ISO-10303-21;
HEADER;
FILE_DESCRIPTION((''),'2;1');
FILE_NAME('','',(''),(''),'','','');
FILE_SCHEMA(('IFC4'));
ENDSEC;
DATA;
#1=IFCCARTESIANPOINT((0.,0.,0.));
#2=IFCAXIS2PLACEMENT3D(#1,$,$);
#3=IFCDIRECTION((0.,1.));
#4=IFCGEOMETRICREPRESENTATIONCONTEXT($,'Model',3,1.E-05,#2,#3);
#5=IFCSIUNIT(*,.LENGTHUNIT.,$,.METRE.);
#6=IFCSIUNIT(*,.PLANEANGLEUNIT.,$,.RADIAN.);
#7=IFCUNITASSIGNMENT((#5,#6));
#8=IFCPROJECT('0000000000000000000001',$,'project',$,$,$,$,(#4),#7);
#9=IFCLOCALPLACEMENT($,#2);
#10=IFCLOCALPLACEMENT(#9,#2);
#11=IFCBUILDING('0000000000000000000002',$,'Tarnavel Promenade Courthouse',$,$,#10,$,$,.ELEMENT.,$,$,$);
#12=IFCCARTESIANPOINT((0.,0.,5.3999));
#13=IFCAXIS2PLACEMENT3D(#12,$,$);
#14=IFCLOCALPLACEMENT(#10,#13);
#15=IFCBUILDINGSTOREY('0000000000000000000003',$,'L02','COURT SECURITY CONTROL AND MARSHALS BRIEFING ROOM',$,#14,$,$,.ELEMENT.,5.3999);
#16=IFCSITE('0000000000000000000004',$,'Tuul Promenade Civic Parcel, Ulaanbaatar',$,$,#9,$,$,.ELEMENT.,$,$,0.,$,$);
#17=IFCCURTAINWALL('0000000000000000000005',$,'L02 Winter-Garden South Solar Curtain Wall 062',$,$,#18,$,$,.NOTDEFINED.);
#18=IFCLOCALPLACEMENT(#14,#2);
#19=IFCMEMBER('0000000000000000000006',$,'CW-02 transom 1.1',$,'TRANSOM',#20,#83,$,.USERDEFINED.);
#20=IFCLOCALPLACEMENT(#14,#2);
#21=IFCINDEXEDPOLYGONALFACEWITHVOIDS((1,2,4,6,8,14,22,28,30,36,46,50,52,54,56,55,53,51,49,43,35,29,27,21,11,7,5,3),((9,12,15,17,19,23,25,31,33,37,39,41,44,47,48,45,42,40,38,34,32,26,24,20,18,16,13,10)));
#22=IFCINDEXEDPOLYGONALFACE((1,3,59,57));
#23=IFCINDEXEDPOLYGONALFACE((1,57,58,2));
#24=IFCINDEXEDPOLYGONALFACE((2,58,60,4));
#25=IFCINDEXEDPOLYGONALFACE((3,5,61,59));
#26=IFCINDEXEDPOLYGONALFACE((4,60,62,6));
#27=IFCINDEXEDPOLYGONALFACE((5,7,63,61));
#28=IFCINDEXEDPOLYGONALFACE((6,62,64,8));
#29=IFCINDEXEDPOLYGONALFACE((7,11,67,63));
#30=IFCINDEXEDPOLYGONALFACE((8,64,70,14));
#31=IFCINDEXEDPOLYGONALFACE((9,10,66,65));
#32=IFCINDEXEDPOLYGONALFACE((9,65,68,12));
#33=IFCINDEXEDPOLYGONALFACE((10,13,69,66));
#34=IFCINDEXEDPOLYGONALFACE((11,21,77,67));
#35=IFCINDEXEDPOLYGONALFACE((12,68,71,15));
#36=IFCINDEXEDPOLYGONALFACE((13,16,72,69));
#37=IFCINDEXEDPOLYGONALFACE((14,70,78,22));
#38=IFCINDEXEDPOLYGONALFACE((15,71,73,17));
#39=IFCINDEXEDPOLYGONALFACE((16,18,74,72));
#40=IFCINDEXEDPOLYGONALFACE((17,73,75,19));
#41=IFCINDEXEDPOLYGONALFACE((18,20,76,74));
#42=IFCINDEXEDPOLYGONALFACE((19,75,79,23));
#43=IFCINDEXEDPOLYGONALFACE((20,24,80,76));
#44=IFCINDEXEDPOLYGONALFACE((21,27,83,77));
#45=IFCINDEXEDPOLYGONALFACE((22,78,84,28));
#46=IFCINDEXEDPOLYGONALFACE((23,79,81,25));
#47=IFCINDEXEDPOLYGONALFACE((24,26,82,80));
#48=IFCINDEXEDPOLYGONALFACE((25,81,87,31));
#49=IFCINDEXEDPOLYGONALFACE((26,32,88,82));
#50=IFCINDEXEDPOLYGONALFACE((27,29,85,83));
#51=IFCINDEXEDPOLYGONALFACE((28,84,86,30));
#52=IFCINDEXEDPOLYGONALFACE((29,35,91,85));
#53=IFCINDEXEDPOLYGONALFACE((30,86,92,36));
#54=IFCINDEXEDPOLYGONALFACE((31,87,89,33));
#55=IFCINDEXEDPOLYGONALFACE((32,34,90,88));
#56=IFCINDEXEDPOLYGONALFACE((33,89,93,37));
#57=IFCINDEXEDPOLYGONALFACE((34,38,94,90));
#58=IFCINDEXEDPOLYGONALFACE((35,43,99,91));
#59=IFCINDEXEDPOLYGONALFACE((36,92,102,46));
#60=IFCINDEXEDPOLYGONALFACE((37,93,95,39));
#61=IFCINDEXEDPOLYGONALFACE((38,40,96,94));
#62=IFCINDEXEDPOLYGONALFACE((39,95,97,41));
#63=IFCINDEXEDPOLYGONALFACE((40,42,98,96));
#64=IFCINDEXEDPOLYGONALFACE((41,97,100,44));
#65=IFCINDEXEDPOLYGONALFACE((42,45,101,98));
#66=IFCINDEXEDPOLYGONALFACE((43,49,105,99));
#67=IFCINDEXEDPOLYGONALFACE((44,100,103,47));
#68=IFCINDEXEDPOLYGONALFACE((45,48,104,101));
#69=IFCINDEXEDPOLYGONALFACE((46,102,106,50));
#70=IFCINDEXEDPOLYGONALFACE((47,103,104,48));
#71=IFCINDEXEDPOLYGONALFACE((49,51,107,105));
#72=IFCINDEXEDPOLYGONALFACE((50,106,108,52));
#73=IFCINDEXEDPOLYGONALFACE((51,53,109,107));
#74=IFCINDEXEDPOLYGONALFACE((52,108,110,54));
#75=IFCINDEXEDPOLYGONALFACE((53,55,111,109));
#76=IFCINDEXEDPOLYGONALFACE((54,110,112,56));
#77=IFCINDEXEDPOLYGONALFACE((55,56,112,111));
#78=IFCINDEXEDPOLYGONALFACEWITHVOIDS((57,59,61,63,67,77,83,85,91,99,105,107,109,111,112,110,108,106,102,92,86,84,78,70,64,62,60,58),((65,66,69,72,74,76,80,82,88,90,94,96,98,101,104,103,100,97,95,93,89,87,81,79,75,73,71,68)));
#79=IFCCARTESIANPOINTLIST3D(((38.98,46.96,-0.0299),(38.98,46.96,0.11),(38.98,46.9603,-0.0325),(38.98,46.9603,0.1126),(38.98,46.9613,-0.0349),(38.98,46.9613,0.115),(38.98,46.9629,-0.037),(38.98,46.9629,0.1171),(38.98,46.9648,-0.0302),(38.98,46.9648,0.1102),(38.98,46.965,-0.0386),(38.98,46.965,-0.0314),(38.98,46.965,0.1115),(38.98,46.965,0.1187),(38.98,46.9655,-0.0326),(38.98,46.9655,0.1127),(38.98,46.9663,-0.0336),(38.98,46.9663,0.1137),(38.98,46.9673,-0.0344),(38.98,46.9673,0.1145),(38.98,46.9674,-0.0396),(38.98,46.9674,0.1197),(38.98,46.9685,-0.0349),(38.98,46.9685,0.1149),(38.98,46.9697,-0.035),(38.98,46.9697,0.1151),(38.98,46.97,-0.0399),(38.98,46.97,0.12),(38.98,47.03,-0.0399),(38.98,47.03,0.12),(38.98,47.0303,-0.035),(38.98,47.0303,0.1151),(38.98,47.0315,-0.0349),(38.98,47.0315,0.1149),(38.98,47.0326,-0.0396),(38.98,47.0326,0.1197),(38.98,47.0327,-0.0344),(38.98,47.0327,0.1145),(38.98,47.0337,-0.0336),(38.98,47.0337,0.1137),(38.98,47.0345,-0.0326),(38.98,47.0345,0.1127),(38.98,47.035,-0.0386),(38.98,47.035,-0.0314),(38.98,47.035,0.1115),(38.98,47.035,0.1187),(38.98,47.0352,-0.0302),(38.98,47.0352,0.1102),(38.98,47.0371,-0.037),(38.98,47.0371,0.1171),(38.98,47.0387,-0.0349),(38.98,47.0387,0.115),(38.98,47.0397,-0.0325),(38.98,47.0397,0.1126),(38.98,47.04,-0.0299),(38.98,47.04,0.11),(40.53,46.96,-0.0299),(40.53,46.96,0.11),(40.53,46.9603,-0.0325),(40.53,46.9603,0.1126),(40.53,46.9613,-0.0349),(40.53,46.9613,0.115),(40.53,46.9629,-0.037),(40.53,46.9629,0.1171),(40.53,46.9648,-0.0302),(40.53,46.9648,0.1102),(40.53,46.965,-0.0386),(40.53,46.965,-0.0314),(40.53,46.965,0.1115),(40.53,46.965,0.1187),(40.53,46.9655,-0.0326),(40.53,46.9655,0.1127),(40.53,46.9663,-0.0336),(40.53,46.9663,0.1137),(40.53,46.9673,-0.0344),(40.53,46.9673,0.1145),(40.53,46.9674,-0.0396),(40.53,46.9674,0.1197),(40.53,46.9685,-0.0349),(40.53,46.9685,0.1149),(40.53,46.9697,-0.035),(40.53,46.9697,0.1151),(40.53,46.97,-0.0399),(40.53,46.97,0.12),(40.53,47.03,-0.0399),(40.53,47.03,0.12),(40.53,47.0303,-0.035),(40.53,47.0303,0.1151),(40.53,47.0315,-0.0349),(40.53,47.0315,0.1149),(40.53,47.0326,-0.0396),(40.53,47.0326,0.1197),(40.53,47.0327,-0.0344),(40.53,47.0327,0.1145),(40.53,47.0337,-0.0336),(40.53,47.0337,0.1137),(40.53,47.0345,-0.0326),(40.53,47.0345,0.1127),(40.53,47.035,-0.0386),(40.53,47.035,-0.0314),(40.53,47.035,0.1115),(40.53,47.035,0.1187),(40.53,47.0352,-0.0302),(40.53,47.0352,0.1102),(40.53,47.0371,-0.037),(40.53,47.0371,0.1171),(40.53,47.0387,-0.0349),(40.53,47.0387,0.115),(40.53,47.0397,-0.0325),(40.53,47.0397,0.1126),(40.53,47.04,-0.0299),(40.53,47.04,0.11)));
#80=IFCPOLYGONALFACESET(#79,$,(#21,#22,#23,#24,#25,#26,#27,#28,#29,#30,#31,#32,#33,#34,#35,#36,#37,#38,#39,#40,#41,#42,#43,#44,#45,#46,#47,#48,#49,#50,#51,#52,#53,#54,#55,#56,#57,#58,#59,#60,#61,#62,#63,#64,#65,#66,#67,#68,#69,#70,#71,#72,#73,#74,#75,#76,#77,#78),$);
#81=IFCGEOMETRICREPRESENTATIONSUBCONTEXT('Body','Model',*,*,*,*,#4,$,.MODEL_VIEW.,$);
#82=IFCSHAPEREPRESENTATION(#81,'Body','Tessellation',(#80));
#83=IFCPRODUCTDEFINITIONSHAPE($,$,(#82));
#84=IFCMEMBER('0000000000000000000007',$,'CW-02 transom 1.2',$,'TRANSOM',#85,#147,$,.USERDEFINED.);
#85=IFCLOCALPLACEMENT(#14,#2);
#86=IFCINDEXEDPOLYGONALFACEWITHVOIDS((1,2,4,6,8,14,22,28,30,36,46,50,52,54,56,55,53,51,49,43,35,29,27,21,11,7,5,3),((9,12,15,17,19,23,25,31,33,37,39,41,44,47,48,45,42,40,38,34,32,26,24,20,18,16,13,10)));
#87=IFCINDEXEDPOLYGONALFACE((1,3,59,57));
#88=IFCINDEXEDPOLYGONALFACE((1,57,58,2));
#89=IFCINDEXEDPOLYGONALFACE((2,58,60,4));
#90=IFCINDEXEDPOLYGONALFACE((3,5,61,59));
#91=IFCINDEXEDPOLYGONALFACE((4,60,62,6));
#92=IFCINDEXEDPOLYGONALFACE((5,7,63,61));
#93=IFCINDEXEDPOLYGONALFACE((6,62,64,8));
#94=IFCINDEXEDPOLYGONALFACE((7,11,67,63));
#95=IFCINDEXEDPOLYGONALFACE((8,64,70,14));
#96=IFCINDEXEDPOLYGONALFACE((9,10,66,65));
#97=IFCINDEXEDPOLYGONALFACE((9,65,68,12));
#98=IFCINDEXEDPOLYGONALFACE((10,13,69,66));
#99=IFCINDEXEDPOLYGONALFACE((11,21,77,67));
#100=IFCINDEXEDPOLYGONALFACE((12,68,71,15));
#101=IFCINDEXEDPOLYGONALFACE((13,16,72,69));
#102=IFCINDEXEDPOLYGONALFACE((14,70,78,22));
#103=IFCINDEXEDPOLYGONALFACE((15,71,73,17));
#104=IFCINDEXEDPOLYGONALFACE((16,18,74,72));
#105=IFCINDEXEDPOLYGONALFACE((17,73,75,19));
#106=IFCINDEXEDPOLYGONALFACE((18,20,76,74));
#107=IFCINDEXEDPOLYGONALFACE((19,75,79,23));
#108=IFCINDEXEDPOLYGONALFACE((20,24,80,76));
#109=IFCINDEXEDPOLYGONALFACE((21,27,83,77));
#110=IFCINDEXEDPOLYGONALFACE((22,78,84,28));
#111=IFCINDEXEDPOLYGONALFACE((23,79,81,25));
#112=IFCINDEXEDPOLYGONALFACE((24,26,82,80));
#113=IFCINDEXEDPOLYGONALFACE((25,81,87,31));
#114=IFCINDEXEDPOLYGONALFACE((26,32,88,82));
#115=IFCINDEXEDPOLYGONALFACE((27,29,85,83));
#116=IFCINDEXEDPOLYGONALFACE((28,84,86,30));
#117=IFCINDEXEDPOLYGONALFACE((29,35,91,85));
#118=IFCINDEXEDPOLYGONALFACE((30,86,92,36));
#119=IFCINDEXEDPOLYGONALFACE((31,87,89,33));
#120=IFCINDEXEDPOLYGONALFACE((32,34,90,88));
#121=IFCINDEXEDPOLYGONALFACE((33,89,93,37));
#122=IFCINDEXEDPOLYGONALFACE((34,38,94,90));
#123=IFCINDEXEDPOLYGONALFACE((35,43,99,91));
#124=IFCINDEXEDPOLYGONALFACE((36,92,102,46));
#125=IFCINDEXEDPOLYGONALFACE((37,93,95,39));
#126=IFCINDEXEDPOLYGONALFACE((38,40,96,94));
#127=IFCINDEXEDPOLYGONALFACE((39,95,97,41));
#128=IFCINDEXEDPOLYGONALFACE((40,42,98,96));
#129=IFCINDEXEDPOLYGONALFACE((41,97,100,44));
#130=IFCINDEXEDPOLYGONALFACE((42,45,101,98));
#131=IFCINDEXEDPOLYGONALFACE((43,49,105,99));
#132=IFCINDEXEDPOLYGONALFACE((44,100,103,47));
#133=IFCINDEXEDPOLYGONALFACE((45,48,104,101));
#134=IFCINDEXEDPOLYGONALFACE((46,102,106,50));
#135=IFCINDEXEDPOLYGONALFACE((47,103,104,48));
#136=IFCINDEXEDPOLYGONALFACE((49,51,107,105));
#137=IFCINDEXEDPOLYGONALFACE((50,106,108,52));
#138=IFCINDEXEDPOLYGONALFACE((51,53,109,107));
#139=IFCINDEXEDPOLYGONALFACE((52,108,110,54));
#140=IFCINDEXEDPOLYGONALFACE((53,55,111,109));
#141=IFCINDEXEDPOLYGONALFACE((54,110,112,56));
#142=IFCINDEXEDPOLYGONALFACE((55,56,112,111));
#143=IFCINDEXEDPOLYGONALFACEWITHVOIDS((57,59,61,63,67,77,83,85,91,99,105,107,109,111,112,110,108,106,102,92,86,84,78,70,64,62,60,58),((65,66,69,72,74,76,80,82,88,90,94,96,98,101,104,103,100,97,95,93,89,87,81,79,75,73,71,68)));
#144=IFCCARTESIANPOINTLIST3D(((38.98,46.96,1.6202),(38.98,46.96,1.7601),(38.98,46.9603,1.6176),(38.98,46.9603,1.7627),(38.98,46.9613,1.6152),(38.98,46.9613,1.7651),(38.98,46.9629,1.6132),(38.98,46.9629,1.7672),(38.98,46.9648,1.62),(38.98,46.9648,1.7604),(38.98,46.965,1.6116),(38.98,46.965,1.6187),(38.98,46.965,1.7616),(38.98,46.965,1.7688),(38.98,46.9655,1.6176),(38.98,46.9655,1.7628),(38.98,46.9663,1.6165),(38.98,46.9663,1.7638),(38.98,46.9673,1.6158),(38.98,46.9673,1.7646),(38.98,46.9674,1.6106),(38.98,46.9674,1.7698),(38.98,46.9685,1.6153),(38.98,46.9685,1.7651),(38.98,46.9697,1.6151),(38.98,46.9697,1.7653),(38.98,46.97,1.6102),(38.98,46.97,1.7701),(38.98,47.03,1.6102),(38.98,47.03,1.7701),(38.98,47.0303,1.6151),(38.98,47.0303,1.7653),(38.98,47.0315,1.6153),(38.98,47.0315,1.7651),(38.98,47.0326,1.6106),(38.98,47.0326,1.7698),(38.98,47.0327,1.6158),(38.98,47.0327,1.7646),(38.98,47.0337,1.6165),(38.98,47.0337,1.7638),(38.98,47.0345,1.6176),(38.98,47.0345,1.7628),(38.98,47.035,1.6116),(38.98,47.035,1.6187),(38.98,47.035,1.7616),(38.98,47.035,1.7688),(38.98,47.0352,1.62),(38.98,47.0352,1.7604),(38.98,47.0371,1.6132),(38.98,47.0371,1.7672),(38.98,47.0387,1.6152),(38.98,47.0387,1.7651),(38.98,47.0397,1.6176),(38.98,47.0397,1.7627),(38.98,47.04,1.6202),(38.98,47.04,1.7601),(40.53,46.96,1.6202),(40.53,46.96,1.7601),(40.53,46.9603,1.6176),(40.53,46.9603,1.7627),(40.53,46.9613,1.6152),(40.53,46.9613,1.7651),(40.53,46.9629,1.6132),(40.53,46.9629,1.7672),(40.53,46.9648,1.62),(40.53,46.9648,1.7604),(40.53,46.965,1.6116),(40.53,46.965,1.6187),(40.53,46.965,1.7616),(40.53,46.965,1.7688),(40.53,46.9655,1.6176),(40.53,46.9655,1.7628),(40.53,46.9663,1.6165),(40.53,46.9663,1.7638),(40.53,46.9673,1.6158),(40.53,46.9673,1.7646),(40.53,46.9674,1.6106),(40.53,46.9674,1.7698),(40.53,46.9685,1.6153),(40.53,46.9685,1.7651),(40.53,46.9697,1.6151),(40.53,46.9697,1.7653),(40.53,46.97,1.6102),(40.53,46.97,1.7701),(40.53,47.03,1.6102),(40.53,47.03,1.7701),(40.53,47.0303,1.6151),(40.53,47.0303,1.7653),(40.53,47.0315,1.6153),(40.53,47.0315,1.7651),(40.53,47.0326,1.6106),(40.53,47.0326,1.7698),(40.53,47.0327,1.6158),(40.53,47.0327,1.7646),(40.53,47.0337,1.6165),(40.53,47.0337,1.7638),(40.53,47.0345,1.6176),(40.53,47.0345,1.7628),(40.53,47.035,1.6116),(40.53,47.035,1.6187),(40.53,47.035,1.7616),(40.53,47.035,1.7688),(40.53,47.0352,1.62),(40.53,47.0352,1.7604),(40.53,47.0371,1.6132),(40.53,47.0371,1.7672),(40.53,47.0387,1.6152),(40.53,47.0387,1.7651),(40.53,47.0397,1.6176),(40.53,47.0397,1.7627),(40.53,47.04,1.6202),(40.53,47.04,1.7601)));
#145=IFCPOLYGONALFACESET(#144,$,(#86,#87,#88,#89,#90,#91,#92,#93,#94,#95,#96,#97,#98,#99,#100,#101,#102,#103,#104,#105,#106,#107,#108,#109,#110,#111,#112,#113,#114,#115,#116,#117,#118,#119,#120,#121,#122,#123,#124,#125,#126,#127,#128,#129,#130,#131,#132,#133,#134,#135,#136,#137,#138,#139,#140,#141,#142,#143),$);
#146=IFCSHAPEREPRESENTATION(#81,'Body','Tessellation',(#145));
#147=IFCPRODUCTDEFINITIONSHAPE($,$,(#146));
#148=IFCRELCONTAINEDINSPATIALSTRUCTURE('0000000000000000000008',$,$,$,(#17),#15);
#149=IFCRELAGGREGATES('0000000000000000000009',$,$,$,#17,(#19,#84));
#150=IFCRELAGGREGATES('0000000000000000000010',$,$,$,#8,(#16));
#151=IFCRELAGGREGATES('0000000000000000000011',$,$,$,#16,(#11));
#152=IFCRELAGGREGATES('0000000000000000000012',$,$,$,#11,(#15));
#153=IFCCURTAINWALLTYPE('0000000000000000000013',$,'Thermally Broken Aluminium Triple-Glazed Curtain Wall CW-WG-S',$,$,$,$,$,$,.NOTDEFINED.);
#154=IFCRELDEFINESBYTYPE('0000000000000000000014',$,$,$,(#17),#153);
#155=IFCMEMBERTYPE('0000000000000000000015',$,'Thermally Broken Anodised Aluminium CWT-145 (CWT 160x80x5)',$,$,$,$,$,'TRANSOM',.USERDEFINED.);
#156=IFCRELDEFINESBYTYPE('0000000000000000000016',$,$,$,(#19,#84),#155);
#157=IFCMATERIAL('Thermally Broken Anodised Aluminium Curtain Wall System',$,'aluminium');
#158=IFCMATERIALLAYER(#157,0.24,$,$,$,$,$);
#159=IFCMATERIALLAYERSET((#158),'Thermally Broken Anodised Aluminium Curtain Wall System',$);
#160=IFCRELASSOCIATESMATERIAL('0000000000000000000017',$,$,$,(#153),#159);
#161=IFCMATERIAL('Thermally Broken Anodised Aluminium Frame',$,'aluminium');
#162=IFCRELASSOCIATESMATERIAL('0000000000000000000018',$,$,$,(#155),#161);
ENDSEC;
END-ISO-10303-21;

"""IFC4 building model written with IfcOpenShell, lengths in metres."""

from ifc_helpers import new_model, si_unit, direction, frame, origin, origin_2d, place, context, subcontext, project, spatial, hollow_rectangle, extrude, material, layer, layer_set, material_profile, profile_set, type_object, element, aggregate, save


model = new_model("IFC4")

# Units and contexts
model_context = context("Model", 3, precision=1e-05, world=origin(), true_north=direction((0.0, 1.0)))
body_context = subcontext(model_context, "Body", "Model", "MODEL_VIEW")
ifc_project = project(units=[si_unit("LENGTHUNIT", "METRE"), si_unit("PLANEANGLEUNIT", "RADIAN")], contexts=[model_context])

# Site, building, storey
site_placement = place(None, origin())
site = spatial("IfcSite", under=ifc_project, at=site_placement, Name="Tuul Promenade Civic Parcel, Ulaanbaatar", CompositionType="ELEMENT", RefElevation=0.0)
building_placement = place(site_placement, origin())
building = spatial("IfcBuilding", under=site, at=building_placement, Name="Tarnavel Promenade Courthouse", CompositionType="ELEMENT")
storey_placement = place(building_placement, frame((0.0, 0.0, 5.3999)))
storey = spatial("IfcBuildingStorey", under=building, at=storey_placement, Name="L02", Description="COURT SECURITY CONTROL AND MARSHALS BRIEFING ROOM", CompositionType="ELEMENT", Elevation=5.3999)

# Curtain wall, members
ifc_material_1 = material(Name="Thermally Broken Anodised Aluminium Curtain Wall System", Category="aluminium")
ifc_layer_1 = layer(ifc_material_1, 0.24)
ifc_layer_set_1 = layer_set([ifc_layer_1], Name="Thermally Broken Anodised Aluminium Curtain Wall System")
curtain_wall_type = type_object("IfcCurtainWallType", Name="Thermally Broken Aluminium Triple-Glazed Curtain Wall CW-WG-S", PredefinedType="NOTDEFINED", material=ifc_layer_set_1)
curtain_wall_placement = place(storey_placement, origin())
curtain_wall = element("IfcCurtainWall", 1, at=curtain_wall_placement, inside=storey, type_object=curtain_wall_type, Name="L02 Winter-Garden South Solar Curtain Wall 062", PredefinedType="NOTDEFINED")
ifc_material_2 = material(Name="Thermally Broken Anodised Aluminium Frame", Category="aluminium")
ifc_material_profile_1 = material_profile(ifc_material_2, hollow_rectangle(XDim=0.0801, YDim=0.1599, WallThickness=0.0049, InnerFilletRadius=0.0049, OuterFilletRadius=0.01, at=origin_2d()), Name="CWT 160x80x5")
ifc_profile_set_1 = profile_set([ifc_material_profile_1], Name="Thermally Broken Anodised Aluminium Frame")
member_type_1 = type_object("IfcMemberType", Name="Thermally Broken Anodised Aluminium CWT-145 (CWT 160x80x5)", ElementType="TRANSOM", PredefinedType="USERDEFINED", material=ifc_profile_set_1)
member_1_placement = place(storey_placement, frame((38.98, 47.0, 0.04), z_axis=(1.0, 0.0, 0.0), x_axis=(0.0, 1.0, 0.0)))
member_1 = element("IfcMember", 2, at=member_1_placement, type_object=member_type_1, Name="CW-02 transom 1.1", ObjectType="TRANSOM", PredefinedType="USERDEFINED", context=body_context, shape_type="SweptSolid", body=[
    extrude(hollow_rectangle(XDim=0.0801, YDim=0.1599, WallThickness=0.0049, InnerFilletRadius=0.0049, OuterFilletRadius=0.01, at=origin_2d()), origin(), (0.0, 0.0, 1.0), 1.55),
])
member_2_placement = place(storey_placement, frame((38.98, 47.0, 1.6902), z_axis=(1.0, 0.0, 0.0), x_axis=(0.0, 1.0, 0.0)))
member_2 = element("IfcMember", 3, at=member_2_placement, type_object=member_type_1, Name="CW-02 transom 1.2", ObjectType="TRANSOM", PredefinedType="USERDEFINED", context=body_context, shape_type="SweptSolid", body=[
    extrude(hollow_rectangle(XDim=0.0801, YDim=0.1599, WallThickness=0.0049, InnerFilletRadius=0.0049, OuterFilletRadius=0.01, at=origin_2d()), origin(), (0.0, 0.0, 1.0), 1.55),
])
aggregate(curtain_wall, [member_1, member_2])

save(model, "model.ifc")
